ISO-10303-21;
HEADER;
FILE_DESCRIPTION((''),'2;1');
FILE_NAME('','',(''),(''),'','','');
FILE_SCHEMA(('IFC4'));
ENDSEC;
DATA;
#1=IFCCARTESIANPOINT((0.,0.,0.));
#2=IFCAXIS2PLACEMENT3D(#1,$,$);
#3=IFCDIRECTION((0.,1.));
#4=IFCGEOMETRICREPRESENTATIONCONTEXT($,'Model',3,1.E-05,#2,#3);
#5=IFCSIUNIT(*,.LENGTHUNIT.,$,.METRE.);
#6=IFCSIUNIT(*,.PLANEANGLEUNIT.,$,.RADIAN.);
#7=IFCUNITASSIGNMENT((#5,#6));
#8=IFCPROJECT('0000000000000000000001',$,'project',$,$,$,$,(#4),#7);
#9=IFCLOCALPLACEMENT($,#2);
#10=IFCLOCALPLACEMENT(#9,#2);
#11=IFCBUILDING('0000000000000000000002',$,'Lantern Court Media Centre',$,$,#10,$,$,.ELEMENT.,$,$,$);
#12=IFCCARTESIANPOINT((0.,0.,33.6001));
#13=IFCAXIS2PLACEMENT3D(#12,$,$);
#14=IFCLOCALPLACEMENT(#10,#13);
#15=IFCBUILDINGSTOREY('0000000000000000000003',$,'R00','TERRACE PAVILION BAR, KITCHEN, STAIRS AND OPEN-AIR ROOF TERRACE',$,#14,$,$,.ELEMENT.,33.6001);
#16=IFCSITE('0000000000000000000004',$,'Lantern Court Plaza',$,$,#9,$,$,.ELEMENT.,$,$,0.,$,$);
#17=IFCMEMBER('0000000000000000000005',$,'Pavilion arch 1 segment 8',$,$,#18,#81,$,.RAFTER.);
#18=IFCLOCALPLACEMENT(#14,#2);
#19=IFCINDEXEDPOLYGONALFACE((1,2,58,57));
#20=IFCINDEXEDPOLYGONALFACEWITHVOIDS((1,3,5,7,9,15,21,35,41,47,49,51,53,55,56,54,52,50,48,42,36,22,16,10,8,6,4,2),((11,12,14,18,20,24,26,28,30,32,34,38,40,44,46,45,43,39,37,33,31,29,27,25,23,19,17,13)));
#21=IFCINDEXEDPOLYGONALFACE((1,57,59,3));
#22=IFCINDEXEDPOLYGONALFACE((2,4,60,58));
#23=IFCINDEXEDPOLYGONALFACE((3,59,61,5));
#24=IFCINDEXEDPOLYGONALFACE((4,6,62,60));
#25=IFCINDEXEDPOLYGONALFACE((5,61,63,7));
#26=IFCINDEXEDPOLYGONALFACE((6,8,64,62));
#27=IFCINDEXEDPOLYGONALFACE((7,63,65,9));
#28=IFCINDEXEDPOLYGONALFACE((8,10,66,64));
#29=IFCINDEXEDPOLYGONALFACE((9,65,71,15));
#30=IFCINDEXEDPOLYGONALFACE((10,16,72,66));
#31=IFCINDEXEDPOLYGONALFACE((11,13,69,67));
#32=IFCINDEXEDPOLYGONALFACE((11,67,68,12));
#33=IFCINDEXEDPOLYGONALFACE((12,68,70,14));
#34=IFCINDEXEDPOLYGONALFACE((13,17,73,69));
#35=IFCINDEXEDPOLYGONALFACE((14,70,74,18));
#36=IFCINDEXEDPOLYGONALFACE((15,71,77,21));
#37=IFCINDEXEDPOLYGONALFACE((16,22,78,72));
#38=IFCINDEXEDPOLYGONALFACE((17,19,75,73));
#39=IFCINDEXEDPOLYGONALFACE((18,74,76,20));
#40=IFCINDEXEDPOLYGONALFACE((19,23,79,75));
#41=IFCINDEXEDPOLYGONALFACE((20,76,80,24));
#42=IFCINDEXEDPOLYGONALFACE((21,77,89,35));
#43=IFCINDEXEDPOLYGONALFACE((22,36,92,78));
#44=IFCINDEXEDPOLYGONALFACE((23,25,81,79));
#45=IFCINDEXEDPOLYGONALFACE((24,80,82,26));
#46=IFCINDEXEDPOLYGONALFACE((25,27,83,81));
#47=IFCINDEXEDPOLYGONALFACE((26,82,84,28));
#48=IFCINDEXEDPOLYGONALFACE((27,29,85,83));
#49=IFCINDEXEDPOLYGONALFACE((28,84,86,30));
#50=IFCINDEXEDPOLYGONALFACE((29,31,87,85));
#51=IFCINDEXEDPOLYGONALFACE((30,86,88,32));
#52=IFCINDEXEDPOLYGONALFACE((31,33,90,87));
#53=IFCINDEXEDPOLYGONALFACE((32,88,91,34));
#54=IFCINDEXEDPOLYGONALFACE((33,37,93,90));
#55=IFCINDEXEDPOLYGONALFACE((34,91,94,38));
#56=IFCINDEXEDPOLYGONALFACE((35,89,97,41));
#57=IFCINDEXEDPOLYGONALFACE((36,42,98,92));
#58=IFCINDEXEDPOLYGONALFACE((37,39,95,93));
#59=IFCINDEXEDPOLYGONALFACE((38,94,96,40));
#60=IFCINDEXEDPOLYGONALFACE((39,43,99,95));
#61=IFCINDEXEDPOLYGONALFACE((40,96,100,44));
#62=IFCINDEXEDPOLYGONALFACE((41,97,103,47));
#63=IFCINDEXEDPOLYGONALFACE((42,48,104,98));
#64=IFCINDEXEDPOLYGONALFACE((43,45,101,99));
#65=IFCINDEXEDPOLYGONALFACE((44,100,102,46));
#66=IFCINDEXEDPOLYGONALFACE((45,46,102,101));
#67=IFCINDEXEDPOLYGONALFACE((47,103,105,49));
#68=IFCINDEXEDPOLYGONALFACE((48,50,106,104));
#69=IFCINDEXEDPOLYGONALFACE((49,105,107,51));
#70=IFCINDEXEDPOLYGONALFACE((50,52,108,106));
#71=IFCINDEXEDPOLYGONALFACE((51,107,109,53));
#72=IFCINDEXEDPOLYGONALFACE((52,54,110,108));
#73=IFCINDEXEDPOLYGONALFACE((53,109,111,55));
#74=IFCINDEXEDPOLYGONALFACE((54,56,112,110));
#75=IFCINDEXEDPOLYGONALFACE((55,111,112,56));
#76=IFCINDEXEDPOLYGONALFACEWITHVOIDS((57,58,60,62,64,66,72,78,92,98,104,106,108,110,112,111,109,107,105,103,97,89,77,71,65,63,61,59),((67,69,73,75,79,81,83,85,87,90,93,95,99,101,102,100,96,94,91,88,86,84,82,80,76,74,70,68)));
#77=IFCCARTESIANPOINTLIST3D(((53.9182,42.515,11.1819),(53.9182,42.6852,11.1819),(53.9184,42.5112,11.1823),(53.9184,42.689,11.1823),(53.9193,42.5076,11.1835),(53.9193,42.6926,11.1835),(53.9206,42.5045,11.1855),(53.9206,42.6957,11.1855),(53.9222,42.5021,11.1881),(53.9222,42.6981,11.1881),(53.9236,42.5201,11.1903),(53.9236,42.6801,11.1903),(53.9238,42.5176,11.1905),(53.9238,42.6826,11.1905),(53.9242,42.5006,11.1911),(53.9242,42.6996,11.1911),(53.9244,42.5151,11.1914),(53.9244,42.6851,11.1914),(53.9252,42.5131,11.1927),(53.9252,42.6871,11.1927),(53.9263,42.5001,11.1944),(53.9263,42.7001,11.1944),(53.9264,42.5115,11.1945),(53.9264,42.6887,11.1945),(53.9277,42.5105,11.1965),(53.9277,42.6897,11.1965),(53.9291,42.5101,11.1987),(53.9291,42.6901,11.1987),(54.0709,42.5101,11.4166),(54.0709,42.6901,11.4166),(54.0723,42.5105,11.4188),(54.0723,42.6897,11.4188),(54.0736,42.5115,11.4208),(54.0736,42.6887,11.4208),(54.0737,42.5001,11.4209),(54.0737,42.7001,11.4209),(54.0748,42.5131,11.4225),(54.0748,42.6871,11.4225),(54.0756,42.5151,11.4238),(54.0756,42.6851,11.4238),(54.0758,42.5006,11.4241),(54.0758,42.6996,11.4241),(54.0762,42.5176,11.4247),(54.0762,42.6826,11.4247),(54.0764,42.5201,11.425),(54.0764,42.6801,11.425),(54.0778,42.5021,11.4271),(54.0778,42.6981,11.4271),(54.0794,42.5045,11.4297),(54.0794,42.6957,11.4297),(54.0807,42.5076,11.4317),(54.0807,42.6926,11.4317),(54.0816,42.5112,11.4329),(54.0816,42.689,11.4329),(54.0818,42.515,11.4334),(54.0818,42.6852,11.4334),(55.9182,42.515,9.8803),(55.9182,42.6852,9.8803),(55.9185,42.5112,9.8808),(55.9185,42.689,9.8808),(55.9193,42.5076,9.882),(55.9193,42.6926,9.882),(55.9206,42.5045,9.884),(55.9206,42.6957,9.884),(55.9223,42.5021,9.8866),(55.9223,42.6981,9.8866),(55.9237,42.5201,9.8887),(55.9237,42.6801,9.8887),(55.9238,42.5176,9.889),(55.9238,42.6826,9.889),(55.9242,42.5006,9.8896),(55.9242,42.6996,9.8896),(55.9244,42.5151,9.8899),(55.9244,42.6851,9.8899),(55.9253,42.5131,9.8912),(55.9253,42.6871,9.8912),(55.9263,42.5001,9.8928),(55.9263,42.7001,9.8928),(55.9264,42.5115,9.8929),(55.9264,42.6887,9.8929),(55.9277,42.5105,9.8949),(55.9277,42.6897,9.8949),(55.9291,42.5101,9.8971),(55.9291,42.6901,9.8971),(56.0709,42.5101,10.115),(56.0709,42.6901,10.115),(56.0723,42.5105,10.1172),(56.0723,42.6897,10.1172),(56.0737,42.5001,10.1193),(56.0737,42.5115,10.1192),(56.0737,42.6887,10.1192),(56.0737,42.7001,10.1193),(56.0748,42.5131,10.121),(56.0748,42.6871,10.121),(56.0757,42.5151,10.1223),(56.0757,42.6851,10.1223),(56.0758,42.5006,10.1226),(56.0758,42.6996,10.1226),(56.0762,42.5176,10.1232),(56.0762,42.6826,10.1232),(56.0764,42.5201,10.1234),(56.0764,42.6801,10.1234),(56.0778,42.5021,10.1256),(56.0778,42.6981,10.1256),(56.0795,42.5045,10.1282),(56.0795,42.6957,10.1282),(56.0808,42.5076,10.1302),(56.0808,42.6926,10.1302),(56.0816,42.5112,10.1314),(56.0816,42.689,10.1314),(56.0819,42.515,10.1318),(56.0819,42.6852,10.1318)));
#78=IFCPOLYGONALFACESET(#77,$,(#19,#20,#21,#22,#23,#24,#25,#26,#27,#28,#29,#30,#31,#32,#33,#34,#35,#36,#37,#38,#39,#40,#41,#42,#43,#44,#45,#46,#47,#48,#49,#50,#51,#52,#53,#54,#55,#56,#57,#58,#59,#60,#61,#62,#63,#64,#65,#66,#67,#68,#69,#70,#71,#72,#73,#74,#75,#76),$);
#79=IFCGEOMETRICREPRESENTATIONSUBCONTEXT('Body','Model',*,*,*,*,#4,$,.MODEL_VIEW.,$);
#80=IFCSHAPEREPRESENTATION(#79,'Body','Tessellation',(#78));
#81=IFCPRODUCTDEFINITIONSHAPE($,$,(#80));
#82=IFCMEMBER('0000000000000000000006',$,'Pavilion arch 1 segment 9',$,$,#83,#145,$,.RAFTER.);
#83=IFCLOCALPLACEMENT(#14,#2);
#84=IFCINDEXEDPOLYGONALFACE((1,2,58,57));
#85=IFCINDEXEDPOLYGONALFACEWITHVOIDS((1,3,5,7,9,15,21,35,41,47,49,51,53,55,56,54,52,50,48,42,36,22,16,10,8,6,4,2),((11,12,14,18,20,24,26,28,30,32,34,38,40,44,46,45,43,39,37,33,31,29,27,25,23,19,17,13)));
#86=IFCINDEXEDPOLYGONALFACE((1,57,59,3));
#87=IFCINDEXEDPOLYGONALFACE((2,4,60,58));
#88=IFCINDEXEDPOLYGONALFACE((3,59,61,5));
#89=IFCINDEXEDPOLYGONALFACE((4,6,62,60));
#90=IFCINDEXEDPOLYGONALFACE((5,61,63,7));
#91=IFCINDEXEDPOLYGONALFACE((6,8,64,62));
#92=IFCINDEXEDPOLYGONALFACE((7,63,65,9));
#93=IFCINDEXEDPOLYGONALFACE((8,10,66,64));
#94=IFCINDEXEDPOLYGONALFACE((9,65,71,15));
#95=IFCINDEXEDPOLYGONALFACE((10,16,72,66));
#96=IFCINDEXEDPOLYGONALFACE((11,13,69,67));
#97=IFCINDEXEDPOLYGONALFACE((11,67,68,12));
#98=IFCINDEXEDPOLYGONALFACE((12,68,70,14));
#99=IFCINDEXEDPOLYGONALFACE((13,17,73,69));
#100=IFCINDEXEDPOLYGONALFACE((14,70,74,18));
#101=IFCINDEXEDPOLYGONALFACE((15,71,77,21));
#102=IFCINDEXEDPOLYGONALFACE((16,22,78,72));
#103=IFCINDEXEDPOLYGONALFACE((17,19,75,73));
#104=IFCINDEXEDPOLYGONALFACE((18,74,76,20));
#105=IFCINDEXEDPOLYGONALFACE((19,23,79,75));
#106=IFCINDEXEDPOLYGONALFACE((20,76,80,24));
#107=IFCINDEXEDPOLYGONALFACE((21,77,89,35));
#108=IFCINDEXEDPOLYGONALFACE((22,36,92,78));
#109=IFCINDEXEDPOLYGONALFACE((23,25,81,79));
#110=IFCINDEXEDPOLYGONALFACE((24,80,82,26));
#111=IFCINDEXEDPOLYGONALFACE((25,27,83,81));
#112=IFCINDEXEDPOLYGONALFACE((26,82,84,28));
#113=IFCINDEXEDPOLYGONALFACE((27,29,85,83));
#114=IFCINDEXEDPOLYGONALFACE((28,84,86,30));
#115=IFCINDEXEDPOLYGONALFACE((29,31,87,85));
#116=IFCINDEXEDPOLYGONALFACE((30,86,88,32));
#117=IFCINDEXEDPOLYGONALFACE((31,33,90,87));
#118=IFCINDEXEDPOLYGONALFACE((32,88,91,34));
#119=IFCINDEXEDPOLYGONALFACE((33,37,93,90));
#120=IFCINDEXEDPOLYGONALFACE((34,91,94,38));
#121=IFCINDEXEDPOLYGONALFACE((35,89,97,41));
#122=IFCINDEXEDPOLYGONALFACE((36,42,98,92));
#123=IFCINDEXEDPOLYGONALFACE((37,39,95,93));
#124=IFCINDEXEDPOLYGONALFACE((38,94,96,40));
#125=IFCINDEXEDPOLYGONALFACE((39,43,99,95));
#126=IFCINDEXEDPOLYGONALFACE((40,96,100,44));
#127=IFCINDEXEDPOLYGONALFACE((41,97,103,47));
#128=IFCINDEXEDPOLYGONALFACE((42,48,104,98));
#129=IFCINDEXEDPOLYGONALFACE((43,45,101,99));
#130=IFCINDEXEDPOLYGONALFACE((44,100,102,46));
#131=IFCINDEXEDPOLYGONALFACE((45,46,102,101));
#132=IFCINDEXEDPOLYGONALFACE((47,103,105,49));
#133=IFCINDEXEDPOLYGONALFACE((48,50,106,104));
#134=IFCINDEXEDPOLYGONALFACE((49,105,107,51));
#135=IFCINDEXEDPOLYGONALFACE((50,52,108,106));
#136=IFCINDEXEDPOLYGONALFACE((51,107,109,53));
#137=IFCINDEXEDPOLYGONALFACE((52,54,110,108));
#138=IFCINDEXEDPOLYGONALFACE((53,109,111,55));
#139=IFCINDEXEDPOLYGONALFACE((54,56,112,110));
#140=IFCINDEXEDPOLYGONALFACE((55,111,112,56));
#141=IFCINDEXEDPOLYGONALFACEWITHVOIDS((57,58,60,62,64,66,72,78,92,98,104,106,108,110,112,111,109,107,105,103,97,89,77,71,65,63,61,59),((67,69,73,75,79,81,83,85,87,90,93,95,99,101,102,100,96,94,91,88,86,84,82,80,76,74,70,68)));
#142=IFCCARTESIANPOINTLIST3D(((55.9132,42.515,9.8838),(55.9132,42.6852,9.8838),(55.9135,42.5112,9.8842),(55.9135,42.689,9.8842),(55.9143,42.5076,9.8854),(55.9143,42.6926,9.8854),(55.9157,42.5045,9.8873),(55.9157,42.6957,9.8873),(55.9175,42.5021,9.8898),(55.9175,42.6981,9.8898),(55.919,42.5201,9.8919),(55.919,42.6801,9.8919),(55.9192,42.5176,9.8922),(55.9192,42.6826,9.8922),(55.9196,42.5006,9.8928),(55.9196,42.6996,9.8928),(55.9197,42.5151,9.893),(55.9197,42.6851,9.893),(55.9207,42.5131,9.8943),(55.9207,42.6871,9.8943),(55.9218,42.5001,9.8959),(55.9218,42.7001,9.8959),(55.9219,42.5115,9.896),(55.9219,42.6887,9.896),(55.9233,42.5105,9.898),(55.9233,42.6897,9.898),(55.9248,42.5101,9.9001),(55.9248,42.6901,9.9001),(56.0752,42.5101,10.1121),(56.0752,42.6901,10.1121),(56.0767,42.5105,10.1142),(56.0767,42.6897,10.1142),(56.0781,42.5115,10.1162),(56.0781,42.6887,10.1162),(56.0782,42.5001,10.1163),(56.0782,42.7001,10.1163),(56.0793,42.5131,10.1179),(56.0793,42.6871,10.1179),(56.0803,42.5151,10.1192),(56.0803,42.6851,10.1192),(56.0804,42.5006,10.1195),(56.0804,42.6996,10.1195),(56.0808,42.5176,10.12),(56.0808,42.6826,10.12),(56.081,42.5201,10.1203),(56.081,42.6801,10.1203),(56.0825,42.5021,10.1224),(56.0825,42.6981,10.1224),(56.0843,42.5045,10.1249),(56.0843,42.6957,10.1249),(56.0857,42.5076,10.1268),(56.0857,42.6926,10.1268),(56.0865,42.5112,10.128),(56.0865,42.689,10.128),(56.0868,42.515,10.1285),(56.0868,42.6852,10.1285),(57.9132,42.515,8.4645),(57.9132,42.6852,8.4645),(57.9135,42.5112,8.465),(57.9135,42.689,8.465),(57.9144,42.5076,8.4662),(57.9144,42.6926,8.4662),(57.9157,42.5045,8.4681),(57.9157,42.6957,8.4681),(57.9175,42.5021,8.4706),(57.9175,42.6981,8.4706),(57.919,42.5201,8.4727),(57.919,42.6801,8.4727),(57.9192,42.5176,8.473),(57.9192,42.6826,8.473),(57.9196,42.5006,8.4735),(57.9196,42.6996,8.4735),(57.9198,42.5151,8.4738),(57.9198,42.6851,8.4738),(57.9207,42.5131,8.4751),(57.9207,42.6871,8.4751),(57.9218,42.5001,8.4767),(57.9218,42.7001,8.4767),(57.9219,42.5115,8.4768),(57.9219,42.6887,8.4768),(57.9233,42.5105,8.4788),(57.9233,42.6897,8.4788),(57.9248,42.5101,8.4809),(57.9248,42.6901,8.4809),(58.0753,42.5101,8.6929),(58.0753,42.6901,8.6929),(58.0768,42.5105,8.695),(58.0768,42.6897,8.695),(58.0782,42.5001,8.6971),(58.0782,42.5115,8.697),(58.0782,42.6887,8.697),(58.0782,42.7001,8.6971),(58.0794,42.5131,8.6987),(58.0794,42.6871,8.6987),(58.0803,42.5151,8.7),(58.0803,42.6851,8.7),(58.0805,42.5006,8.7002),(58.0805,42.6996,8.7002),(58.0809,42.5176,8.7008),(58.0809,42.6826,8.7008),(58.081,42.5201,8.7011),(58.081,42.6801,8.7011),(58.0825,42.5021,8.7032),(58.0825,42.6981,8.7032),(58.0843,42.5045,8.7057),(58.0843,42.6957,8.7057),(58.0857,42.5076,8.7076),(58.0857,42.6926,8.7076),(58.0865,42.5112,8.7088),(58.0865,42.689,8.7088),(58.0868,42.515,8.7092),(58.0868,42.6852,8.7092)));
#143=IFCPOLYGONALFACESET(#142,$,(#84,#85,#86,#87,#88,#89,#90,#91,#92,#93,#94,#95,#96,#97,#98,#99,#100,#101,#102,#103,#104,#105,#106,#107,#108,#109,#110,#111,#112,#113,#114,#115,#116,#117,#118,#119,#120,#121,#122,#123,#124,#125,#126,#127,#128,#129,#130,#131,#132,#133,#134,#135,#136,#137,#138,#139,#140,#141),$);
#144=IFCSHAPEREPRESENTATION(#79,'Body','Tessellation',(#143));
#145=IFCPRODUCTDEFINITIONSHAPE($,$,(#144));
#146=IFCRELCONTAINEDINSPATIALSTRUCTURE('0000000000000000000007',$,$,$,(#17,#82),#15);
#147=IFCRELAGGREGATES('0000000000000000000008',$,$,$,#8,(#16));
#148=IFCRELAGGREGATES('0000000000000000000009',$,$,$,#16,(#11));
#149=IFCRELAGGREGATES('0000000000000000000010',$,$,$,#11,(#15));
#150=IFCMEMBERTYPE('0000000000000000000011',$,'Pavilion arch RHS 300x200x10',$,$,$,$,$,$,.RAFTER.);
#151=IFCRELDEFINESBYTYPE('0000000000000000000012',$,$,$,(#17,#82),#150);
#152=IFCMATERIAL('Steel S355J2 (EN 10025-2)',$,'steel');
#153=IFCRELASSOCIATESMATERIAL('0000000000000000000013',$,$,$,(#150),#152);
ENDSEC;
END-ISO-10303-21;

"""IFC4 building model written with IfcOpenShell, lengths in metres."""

from ifc_helpers import new_model, si_unit, direction, frame, origin, origin_2d, place, context, subcontext, project, spatial, hollow_rectangle, extrude, material, material_profile, profile_set, type_object, element, save


model = new_model("IFC4")

# Units and contexts
model_context = context("Model", 3, precision=1e-05, world=origin(), true_north=direction((0.0, 1.0)))
body_context = subcontext(model_context, "Body", "Model", "MODEL_VIEW")
ifc_project = project(units=[si_unit("LENGTHUNIT", "METRE"), si_unit("PLANEANGLEUNIT", "RADIAN")], contexts=[model_context])

# Site, building, storey
site_placement = place(None, origin())
site = spatial("IfcSite", under=ifc_project, at=site_placement, Name="Lantern Court Plaza", CompositionType="ELEMENT", RefElevation=0.0)
building_placement = place(site_placement, origin())
building = spatial("IfcBuilding", under=site, at=building_placement, Name="Lantern Court Media Centre", CompositionType="ELEMENT")
storey_placement = place(building_placement, frame((0.0, 0.0, 33.6001)))
storey = spatial("IfcBuildingStorey", under=building, at=storey_placement, Name="R00", Description="TERRACE PAVILION BAR, KITCHEN, STAIRS AND OPEN-AIR ROOF TERRACE", CompositionType="ELEMENT", Elevation=33.6001)

# Members
ifc_material_1 = material(Name="Steel S355J2 (EN 10025-2)", Category="steel")
ifc_material_profile_1 = material_profile(ifc_material_1, hollow_rectangle(XDim=0.2, YDim=0.3, WallThickness=0.01, InnerFilletRadius=0.01, OuterFilletRadius=0.0149, at=origin_2d()), Name="Pavilion arch RHS 300x200x10")
ifc_profile_set_1 = profile_set([ifc_material_profile_1], Name="Steel S355J2 (EN 10025-2)")
member_type_1 = type_object("IfcMemberType", Name="Pavilion arch RHS 300x200x10", PredefinedType="RAFTER", material=ifc_profile_set_1)
member_1_placement = place(storey_placement, frame((54.0, 42.6001, 11.3076), z_axis=(0.838154, 0.0, -0.545434), x_axis=(0.0, 1.0, 0.0)))
element("IfcMember", 1, at=member_1_placement, inside=storey, type_object=member_type_1, Name="Pavilion arch 1 segment 8", PredefinedType="RAFTER", context=body_context, shape_type="SweptSolid", body=[
    extrude(hollow_rectangle(XDim=0.2, YDim=0.3, WallThickness=0.01, InnerFilletRadius=0.01, OuterFilletRadius=0.0149, at=origin_2d()), origin(), (0.0, 0.0, 1.0), 2.3862),
])
member_2_placement = place(storey_placement, frame((56.0, 42.6001, 10.0061), z_axis=(0.815539, 0.0, -0.578702), x_axis=(0.0, 1.0, 0.0)))
element("IfcMember", 2, at=member_2_placement, inside=storey, type_object=member_type_1, Name="Pavilion arch 1 segment 9", PredefinedType="RAFTER", context=body_context, shape_type="SweptSolid", body=[
    extrude(hollow_rectangle(XDim=0.2, YDim=0.3, WallThickness=0.01, InnerFilletRadius=0.01, OuterFilletRadius=0.0149, at=origin_2d()), origin(), (0.0, 0.0, 1.0), 2.4524),
])

save(model, "model.ifc")
